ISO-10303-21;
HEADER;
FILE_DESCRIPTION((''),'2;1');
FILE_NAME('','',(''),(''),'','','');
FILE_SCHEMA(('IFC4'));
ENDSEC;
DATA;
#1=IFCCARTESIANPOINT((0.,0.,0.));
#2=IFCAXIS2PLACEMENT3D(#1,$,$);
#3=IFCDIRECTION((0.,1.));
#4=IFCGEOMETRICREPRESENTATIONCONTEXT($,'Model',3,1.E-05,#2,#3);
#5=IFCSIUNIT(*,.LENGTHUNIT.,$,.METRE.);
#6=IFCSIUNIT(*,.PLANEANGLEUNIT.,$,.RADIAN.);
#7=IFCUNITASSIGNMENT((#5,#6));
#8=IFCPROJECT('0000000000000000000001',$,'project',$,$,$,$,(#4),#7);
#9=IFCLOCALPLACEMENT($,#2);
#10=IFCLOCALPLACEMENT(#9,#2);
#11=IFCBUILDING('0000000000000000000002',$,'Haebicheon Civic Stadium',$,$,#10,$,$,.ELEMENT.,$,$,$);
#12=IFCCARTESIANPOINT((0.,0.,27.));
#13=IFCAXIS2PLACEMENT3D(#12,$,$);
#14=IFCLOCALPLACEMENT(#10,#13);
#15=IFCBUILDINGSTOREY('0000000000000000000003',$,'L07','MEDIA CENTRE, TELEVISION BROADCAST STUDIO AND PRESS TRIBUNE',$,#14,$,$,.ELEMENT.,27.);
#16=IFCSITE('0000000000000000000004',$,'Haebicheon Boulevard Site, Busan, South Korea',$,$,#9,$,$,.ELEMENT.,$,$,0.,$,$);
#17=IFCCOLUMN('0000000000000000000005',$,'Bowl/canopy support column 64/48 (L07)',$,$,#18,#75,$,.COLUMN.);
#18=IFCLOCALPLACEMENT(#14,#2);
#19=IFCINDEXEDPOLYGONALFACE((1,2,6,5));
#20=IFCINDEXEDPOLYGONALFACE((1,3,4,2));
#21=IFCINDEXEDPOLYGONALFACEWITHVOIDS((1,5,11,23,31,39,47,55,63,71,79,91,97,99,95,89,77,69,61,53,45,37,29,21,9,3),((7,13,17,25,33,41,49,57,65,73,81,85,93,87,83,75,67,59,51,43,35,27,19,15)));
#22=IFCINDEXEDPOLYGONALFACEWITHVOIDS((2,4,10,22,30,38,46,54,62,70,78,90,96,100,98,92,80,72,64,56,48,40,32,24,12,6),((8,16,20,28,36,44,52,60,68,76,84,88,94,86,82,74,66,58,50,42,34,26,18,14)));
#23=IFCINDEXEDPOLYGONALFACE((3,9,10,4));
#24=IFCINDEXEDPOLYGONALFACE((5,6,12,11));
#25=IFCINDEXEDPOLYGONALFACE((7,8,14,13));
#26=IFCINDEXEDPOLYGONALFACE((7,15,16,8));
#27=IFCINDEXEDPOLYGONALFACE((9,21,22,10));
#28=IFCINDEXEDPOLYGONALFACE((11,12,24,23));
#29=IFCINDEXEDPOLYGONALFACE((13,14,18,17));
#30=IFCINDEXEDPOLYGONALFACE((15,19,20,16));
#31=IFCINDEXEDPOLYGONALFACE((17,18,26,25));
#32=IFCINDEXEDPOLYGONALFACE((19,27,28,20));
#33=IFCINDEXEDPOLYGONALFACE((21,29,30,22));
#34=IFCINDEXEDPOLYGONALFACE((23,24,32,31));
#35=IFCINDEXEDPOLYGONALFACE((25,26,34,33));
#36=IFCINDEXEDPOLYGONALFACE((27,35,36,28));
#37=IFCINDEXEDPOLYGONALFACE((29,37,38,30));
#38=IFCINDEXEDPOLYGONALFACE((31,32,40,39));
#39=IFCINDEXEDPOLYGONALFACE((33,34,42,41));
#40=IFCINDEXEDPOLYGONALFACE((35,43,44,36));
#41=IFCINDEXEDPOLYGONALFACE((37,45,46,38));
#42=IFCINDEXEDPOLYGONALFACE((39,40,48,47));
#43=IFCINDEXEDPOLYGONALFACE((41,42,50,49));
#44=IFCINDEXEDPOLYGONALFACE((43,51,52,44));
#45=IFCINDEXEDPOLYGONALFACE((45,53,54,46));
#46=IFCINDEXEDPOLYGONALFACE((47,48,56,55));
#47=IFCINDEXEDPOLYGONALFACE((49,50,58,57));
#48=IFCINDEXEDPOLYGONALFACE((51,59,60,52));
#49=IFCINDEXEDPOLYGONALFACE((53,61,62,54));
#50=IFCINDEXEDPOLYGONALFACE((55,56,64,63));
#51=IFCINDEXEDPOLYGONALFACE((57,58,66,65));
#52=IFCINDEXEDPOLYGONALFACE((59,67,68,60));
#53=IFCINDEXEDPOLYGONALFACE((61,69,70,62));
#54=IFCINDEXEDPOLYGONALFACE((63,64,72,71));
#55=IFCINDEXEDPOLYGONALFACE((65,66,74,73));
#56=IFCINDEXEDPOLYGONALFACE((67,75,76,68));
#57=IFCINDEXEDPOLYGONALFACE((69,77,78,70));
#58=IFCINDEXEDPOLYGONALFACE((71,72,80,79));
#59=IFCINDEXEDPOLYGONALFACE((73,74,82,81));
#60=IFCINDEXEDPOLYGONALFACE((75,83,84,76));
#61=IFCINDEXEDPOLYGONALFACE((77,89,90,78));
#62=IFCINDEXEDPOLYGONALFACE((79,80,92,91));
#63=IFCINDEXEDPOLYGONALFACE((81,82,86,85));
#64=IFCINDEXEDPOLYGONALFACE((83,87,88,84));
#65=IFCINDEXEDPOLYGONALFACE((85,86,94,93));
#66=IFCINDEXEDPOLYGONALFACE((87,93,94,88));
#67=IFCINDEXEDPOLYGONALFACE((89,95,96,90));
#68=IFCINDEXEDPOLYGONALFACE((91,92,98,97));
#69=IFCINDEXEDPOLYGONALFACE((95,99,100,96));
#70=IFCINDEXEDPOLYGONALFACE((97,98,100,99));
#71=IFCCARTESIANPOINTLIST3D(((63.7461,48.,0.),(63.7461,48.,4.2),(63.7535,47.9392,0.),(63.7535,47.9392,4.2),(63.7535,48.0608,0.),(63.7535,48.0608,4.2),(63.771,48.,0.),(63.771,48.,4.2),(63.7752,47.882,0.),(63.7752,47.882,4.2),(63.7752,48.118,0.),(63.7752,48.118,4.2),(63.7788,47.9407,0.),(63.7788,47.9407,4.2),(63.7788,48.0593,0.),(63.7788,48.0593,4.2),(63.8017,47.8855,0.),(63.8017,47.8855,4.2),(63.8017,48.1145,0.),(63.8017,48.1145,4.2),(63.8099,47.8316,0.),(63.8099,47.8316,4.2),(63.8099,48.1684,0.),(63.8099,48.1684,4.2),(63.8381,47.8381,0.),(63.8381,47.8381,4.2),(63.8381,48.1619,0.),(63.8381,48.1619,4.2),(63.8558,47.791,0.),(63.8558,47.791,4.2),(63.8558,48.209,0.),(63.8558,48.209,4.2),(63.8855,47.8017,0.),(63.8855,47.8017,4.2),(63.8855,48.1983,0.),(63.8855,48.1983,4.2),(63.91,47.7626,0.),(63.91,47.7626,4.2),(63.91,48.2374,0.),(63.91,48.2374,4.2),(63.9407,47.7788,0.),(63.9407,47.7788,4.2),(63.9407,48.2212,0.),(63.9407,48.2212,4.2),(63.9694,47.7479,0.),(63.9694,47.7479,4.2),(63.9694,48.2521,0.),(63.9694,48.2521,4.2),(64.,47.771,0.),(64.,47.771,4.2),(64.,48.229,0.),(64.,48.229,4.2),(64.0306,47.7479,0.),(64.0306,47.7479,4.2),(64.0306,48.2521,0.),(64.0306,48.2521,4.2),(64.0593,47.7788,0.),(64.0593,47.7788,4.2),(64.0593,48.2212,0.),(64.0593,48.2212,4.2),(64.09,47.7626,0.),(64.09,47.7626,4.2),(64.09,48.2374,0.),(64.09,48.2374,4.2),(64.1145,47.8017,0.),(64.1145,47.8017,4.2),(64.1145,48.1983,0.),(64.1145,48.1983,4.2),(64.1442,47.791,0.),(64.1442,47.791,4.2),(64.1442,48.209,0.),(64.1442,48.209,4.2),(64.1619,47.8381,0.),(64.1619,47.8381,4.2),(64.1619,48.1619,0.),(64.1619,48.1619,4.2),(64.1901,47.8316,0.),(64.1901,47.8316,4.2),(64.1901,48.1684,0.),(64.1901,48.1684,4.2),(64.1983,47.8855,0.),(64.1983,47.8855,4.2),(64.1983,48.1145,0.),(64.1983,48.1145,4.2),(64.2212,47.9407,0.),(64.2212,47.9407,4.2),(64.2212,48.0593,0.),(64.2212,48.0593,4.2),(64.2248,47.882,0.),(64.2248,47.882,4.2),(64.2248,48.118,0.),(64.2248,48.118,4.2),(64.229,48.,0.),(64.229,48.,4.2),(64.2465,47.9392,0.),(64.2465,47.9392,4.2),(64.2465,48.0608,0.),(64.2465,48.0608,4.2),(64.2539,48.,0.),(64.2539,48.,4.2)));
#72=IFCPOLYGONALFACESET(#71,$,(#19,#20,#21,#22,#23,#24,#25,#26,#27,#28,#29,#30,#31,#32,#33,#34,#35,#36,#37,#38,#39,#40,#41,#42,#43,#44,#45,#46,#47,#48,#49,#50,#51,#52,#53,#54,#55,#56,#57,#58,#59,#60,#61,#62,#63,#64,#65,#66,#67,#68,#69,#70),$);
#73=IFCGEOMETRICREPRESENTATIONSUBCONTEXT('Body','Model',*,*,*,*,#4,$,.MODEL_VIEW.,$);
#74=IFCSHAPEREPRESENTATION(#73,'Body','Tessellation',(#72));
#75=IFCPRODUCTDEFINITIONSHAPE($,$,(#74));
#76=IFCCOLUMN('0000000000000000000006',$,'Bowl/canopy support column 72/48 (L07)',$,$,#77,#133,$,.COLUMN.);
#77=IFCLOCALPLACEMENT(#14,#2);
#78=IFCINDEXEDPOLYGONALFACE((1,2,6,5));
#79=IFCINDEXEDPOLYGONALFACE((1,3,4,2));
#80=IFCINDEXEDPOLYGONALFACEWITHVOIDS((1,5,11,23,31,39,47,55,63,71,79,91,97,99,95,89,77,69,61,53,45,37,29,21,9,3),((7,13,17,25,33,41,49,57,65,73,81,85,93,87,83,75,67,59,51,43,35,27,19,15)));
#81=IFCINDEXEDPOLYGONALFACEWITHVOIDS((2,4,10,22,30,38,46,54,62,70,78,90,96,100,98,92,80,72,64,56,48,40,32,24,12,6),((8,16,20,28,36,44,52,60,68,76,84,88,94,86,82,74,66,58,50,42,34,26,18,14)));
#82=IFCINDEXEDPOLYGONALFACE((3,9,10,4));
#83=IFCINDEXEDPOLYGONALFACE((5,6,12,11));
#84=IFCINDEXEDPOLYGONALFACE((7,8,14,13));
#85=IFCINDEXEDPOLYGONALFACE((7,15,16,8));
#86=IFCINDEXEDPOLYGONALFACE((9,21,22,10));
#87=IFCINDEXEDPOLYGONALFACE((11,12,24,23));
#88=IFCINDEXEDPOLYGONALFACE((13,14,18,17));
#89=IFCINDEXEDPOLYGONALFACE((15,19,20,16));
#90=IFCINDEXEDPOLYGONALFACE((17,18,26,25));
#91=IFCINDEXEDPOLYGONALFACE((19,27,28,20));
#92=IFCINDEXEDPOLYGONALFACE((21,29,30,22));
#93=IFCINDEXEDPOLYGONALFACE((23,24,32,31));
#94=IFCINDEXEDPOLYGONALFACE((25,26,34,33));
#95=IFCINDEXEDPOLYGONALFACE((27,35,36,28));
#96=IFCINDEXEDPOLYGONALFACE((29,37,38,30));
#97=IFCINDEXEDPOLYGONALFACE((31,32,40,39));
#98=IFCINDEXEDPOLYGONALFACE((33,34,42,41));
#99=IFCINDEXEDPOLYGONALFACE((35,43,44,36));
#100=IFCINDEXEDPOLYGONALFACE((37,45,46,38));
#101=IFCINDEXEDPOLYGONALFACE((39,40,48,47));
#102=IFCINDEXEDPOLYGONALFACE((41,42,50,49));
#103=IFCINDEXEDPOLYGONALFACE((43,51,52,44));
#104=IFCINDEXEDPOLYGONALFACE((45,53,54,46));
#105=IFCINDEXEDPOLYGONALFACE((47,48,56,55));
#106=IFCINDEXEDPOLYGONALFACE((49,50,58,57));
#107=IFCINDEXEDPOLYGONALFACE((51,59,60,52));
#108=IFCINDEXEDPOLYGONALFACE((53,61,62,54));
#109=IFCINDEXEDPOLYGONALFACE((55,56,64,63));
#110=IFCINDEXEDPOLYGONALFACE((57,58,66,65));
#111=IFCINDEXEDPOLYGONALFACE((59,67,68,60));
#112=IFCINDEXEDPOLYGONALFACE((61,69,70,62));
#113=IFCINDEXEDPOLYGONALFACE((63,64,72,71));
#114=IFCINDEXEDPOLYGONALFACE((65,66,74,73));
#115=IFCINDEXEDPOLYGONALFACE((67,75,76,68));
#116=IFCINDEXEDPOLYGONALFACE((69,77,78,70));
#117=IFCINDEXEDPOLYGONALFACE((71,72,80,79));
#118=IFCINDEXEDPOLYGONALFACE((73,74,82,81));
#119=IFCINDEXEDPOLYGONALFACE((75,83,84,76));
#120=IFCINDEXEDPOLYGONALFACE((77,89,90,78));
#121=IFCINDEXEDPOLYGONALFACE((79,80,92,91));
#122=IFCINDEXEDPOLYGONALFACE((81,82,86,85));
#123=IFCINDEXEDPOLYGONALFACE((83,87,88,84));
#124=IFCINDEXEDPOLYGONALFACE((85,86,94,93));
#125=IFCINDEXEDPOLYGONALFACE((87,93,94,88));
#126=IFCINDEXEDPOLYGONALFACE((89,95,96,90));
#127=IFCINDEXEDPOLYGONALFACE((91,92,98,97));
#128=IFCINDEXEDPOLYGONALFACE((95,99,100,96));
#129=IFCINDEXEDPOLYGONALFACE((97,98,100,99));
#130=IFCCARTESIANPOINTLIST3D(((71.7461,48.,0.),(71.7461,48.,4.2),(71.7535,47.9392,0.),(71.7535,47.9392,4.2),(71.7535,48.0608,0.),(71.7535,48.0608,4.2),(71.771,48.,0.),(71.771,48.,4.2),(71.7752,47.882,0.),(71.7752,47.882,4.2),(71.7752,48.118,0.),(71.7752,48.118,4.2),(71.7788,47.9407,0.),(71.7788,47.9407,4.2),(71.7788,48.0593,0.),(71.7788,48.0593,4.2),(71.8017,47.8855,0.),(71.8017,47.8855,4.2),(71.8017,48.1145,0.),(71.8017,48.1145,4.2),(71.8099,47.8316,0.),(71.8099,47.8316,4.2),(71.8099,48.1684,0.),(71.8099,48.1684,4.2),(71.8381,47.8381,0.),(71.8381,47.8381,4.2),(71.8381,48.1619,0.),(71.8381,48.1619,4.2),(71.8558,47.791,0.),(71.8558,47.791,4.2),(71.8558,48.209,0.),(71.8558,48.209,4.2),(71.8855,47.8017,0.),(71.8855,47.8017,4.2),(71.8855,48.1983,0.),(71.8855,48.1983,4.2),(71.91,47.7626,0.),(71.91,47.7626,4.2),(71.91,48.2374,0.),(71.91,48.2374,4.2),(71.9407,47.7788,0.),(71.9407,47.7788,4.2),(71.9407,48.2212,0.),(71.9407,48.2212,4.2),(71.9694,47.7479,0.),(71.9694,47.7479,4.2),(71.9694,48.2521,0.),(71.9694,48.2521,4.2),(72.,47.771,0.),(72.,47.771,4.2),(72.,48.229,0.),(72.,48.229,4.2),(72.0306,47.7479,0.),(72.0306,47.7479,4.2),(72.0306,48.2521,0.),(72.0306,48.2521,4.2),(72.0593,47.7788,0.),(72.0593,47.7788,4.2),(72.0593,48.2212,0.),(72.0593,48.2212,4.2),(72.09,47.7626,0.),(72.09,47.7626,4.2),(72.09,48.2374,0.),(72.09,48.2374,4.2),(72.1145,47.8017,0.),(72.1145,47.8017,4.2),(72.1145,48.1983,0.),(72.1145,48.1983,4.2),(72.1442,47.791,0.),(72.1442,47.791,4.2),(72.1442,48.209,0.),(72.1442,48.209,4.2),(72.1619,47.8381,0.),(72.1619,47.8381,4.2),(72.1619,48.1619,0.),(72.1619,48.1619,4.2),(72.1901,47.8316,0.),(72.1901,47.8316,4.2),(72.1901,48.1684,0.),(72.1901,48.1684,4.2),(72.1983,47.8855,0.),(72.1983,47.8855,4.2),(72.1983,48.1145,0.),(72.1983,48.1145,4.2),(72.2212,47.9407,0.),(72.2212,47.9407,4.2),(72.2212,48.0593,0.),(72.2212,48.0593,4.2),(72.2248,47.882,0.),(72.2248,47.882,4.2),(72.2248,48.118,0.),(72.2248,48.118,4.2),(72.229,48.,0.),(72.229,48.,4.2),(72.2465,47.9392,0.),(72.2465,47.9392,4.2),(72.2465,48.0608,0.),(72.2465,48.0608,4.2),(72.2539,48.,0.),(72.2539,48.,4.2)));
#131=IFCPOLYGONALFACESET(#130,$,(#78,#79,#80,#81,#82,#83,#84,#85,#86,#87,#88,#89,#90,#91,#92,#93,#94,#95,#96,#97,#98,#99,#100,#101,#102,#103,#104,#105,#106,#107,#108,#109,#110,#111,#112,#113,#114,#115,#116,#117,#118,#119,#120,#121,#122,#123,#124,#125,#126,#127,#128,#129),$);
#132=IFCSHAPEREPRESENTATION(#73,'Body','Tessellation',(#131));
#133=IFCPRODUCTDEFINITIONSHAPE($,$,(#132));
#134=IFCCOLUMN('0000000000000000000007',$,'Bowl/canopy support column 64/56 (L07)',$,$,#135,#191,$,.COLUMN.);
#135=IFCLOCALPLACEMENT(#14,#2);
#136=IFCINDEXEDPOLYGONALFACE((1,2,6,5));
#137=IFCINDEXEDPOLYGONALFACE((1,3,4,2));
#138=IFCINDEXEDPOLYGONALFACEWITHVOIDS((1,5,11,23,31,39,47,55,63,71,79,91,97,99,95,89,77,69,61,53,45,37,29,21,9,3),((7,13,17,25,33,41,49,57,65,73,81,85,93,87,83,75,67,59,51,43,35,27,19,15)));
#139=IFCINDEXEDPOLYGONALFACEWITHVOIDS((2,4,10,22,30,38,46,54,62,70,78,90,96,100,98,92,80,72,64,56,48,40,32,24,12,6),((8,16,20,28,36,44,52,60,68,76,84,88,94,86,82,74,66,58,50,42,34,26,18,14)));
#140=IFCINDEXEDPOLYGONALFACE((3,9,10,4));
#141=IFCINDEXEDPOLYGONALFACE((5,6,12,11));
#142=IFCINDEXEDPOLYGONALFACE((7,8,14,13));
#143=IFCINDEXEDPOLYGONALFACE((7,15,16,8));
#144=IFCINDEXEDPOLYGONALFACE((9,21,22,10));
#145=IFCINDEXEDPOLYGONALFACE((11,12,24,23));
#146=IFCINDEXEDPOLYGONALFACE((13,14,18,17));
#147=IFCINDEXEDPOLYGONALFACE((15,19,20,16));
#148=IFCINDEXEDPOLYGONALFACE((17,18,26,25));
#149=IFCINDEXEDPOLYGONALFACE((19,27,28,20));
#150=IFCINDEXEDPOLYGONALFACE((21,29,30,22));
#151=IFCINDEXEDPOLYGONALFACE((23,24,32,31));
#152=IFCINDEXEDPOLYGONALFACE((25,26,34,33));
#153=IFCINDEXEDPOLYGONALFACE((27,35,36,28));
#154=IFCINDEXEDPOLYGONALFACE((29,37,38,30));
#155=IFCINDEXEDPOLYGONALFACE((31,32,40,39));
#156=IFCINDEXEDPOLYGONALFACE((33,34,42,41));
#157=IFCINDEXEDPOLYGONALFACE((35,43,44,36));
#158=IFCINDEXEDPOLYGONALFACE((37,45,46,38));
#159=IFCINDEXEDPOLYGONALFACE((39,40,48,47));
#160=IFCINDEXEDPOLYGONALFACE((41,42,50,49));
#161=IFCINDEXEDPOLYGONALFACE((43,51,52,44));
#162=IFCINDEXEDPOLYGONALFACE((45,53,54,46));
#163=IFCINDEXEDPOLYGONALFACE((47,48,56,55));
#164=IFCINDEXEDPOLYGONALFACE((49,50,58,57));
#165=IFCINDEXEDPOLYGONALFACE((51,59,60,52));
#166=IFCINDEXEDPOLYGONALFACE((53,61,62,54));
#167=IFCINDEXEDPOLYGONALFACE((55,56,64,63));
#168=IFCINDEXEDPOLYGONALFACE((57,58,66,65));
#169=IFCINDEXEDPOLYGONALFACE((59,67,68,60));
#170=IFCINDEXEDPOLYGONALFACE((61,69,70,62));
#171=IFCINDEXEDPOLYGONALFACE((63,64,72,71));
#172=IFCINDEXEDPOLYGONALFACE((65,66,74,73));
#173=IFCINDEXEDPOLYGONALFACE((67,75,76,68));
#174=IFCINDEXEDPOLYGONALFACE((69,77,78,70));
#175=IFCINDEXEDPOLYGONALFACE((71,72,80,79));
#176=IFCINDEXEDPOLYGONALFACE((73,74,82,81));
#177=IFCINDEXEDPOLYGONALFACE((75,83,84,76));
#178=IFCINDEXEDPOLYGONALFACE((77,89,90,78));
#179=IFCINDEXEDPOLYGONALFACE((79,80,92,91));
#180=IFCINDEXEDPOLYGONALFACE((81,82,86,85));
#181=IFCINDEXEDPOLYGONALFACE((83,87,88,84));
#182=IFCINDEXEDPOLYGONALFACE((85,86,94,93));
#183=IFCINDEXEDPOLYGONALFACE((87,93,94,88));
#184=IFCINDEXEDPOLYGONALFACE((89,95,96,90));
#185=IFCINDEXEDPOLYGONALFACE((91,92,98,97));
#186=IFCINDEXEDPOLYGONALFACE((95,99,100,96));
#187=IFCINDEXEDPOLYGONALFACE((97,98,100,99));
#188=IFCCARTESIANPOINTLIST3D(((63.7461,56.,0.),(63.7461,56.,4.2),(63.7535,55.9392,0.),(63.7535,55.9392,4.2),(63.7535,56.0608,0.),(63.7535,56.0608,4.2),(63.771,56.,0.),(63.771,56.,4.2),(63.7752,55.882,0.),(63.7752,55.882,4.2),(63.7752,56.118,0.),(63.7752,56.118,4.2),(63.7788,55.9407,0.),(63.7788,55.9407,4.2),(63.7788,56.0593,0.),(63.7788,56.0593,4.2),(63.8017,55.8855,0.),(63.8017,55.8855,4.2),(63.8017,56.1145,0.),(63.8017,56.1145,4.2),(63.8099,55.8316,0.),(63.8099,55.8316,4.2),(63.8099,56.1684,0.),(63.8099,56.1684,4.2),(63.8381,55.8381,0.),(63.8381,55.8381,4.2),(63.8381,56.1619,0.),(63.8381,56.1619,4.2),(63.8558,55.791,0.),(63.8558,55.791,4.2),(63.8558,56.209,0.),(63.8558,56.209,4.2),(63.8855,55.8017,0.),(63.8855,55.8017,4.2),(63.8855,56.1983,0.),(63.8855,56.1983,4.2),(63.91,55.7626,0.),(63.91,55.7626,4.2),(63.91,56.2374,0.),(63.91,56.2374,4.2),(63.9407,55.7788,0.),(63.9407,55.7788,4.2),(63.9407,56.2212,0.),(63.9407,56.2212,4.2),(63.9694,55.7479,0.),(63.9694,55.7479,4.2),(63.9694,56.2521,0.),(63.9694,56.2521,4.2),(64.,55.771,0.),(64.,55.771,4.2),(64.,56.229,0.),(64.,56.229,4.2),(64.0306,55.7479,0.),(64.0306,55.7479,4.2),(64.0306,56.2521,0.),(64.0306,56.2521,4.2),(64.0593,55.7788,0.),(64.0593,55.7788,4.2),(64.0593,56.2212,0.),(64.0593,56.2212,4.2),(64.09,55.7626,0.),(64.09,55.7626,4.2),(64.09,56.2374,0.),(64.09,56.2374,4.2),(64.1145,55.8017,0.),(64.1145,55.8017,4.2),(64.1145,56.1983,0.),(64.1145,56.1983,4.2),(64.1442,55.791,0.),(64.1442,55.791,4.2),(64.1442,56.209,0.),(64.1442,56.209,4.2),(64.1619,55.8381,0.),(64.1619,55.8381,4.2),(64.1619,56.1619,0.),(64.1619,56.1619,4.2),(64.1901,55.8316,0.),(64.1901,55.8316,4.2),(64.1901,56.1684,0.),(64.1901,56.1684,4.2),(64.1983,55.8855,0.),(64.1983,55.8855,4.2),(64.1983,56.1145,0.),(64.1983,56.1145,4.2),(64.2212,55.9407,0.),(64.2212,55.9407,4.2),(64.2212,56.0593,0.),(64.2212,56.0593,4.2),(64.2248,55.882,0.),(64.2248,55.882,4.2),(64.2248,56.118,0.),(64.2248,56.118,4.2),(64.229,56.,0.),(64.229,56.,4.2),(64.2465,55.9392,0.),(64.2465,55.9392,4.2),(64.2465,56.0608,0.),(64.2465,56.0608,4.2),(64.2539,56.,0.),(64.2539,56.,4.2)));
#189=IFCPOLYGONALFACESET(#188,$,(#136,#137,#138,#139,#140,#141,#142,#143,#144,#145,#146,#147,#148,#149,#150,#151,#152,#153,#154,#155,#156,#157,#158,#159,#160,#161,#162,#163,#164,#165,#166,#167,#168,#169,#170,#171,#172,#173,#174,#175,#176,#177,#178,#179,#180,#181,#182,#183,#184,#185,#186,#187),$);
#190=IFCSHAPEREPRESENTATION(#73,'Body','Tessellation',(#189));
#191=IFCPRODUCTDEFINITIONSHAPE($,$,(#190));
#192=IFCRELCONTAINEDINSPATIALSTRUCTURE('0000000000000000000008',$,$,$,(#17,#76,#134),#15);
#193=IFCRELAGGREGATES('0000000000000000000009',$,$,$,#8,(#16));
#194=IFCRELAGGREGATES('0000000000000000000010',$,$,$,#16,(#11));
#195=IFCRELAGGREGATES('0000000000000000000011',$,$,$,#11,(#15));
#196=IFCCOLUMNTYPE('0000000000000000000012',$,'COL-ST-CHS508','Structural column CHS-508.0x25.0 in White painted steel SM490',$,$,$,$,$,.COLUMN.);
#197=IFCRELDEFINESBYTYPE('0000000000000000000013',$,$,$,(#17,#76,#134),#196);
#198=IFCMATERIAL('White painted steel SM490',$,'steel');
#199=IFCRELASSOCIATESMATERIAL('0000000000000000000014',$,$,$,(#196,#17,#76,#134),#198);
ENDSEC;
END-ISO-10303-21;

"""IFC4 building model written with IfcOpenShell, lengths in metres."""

from ifc_helpers import new_model, si_unit, direction, frame, origin, origin_2d, place, context, subcontext, project, spatial, hollow_circle, extrude, material, material_profile, profile_set, type_object, element, save


model = new_model("IFC4")

# Units and contexts
model_context = context("Model", 3, precision=1e-05, world=origin(), true_north=direction((0.0, 1.0)))
body_context = subcontext(model_context, "Body", "Model", "MODEL_VIEW")
ifc_project = project(units=[si_unit("LENGTHUNIT", "METRE"), si_unit("PLANEANGLEUNIT", "RADIAN")], contexts=[model_context])

# Site, building, storey
site_placement = place(None, origin())
site = spatial("IfcSite", under=ifc_project, at=site_placement, Name="Haebicheon Boulevard Site, Busan, South Korea", CompositionType="ELEMENT", RefElevation=0.0)
building_placement = place(site_placement, origin())
building = spatial("IfcBuilding", under=site, at=building_placement, Name="Haebicheon Civic Stadium", CompositionType="ELEMENT")
storey_placement = place(building_placement, frame((0.0, 0.0, 27.0)))
storey = spatial("IfcBuildingStorey", under=building, at=storey_placement, Name="L07", Description="MEDIA CENTRE, TELEVISION BROADCAST STUDIO AND PRESS TRIBUNE", CompositionType="ELEMENT", Elevation=27.0)

# Columns
ifc_material_1 = material(Name="White painted steel SM490", Category="steel")
ifc_material_profile_1 = material_profile(ifc_material_1, hollow_circle(Radius=0.2539, WallThickness=0.0249, at=origin_2d()), Name="CHS-508.0x25.0")
ifc_profile_set_1 = profile_set([ifc_material_profile_1], Name="White painted steel SM490")
column_type_1 = type_object("IfcColumnType", Name="COL-ST-CHS508", Description="Structural column CHS-508.0x25.0 in White painted steel SM490", PredefinedType="COLUMN", material=ifc_profile_set_1)
for number, where, z_axis, x_axis, name in (
    (1, (64.0, 48.0, 0.0), (0.0, 0.0, 1.0), (1.0, 0.0, 0.0), "Bowl/canopy support column 64/48 (L07)"),
    (2, (72.0, 48.0, 0.0), (0.0, 0.0, 1.0), (1.0, 0.0, 0.0), "Bowl/canopy support column 72/48 (L07)"),
    (3, (64.0, 56.0, 0.0), (0.0, 0.0, 1.0), (1.0, 0.0, 0.0), "Bowl/canopy support column 64/56 (L07)"),
):
    element("IfcColumn", number, at=place(storey_placement, frame(where, z_axis=z_axis, x_axis=x_axis)), inside=storey, type_object=column_type_1, material=ifc_profile_set_1, Name=name, PredefinedType="COLUMN", context=body_context, shape_type="SweptSolid", body=[
        extrude(hollow_circle(Radius=0.2539, WallThickness=0.0249, at=origin_2d()), origin(), (0.0, 0.0, 1.0), 4.2),
    ])

save(model, "model.ifc")
